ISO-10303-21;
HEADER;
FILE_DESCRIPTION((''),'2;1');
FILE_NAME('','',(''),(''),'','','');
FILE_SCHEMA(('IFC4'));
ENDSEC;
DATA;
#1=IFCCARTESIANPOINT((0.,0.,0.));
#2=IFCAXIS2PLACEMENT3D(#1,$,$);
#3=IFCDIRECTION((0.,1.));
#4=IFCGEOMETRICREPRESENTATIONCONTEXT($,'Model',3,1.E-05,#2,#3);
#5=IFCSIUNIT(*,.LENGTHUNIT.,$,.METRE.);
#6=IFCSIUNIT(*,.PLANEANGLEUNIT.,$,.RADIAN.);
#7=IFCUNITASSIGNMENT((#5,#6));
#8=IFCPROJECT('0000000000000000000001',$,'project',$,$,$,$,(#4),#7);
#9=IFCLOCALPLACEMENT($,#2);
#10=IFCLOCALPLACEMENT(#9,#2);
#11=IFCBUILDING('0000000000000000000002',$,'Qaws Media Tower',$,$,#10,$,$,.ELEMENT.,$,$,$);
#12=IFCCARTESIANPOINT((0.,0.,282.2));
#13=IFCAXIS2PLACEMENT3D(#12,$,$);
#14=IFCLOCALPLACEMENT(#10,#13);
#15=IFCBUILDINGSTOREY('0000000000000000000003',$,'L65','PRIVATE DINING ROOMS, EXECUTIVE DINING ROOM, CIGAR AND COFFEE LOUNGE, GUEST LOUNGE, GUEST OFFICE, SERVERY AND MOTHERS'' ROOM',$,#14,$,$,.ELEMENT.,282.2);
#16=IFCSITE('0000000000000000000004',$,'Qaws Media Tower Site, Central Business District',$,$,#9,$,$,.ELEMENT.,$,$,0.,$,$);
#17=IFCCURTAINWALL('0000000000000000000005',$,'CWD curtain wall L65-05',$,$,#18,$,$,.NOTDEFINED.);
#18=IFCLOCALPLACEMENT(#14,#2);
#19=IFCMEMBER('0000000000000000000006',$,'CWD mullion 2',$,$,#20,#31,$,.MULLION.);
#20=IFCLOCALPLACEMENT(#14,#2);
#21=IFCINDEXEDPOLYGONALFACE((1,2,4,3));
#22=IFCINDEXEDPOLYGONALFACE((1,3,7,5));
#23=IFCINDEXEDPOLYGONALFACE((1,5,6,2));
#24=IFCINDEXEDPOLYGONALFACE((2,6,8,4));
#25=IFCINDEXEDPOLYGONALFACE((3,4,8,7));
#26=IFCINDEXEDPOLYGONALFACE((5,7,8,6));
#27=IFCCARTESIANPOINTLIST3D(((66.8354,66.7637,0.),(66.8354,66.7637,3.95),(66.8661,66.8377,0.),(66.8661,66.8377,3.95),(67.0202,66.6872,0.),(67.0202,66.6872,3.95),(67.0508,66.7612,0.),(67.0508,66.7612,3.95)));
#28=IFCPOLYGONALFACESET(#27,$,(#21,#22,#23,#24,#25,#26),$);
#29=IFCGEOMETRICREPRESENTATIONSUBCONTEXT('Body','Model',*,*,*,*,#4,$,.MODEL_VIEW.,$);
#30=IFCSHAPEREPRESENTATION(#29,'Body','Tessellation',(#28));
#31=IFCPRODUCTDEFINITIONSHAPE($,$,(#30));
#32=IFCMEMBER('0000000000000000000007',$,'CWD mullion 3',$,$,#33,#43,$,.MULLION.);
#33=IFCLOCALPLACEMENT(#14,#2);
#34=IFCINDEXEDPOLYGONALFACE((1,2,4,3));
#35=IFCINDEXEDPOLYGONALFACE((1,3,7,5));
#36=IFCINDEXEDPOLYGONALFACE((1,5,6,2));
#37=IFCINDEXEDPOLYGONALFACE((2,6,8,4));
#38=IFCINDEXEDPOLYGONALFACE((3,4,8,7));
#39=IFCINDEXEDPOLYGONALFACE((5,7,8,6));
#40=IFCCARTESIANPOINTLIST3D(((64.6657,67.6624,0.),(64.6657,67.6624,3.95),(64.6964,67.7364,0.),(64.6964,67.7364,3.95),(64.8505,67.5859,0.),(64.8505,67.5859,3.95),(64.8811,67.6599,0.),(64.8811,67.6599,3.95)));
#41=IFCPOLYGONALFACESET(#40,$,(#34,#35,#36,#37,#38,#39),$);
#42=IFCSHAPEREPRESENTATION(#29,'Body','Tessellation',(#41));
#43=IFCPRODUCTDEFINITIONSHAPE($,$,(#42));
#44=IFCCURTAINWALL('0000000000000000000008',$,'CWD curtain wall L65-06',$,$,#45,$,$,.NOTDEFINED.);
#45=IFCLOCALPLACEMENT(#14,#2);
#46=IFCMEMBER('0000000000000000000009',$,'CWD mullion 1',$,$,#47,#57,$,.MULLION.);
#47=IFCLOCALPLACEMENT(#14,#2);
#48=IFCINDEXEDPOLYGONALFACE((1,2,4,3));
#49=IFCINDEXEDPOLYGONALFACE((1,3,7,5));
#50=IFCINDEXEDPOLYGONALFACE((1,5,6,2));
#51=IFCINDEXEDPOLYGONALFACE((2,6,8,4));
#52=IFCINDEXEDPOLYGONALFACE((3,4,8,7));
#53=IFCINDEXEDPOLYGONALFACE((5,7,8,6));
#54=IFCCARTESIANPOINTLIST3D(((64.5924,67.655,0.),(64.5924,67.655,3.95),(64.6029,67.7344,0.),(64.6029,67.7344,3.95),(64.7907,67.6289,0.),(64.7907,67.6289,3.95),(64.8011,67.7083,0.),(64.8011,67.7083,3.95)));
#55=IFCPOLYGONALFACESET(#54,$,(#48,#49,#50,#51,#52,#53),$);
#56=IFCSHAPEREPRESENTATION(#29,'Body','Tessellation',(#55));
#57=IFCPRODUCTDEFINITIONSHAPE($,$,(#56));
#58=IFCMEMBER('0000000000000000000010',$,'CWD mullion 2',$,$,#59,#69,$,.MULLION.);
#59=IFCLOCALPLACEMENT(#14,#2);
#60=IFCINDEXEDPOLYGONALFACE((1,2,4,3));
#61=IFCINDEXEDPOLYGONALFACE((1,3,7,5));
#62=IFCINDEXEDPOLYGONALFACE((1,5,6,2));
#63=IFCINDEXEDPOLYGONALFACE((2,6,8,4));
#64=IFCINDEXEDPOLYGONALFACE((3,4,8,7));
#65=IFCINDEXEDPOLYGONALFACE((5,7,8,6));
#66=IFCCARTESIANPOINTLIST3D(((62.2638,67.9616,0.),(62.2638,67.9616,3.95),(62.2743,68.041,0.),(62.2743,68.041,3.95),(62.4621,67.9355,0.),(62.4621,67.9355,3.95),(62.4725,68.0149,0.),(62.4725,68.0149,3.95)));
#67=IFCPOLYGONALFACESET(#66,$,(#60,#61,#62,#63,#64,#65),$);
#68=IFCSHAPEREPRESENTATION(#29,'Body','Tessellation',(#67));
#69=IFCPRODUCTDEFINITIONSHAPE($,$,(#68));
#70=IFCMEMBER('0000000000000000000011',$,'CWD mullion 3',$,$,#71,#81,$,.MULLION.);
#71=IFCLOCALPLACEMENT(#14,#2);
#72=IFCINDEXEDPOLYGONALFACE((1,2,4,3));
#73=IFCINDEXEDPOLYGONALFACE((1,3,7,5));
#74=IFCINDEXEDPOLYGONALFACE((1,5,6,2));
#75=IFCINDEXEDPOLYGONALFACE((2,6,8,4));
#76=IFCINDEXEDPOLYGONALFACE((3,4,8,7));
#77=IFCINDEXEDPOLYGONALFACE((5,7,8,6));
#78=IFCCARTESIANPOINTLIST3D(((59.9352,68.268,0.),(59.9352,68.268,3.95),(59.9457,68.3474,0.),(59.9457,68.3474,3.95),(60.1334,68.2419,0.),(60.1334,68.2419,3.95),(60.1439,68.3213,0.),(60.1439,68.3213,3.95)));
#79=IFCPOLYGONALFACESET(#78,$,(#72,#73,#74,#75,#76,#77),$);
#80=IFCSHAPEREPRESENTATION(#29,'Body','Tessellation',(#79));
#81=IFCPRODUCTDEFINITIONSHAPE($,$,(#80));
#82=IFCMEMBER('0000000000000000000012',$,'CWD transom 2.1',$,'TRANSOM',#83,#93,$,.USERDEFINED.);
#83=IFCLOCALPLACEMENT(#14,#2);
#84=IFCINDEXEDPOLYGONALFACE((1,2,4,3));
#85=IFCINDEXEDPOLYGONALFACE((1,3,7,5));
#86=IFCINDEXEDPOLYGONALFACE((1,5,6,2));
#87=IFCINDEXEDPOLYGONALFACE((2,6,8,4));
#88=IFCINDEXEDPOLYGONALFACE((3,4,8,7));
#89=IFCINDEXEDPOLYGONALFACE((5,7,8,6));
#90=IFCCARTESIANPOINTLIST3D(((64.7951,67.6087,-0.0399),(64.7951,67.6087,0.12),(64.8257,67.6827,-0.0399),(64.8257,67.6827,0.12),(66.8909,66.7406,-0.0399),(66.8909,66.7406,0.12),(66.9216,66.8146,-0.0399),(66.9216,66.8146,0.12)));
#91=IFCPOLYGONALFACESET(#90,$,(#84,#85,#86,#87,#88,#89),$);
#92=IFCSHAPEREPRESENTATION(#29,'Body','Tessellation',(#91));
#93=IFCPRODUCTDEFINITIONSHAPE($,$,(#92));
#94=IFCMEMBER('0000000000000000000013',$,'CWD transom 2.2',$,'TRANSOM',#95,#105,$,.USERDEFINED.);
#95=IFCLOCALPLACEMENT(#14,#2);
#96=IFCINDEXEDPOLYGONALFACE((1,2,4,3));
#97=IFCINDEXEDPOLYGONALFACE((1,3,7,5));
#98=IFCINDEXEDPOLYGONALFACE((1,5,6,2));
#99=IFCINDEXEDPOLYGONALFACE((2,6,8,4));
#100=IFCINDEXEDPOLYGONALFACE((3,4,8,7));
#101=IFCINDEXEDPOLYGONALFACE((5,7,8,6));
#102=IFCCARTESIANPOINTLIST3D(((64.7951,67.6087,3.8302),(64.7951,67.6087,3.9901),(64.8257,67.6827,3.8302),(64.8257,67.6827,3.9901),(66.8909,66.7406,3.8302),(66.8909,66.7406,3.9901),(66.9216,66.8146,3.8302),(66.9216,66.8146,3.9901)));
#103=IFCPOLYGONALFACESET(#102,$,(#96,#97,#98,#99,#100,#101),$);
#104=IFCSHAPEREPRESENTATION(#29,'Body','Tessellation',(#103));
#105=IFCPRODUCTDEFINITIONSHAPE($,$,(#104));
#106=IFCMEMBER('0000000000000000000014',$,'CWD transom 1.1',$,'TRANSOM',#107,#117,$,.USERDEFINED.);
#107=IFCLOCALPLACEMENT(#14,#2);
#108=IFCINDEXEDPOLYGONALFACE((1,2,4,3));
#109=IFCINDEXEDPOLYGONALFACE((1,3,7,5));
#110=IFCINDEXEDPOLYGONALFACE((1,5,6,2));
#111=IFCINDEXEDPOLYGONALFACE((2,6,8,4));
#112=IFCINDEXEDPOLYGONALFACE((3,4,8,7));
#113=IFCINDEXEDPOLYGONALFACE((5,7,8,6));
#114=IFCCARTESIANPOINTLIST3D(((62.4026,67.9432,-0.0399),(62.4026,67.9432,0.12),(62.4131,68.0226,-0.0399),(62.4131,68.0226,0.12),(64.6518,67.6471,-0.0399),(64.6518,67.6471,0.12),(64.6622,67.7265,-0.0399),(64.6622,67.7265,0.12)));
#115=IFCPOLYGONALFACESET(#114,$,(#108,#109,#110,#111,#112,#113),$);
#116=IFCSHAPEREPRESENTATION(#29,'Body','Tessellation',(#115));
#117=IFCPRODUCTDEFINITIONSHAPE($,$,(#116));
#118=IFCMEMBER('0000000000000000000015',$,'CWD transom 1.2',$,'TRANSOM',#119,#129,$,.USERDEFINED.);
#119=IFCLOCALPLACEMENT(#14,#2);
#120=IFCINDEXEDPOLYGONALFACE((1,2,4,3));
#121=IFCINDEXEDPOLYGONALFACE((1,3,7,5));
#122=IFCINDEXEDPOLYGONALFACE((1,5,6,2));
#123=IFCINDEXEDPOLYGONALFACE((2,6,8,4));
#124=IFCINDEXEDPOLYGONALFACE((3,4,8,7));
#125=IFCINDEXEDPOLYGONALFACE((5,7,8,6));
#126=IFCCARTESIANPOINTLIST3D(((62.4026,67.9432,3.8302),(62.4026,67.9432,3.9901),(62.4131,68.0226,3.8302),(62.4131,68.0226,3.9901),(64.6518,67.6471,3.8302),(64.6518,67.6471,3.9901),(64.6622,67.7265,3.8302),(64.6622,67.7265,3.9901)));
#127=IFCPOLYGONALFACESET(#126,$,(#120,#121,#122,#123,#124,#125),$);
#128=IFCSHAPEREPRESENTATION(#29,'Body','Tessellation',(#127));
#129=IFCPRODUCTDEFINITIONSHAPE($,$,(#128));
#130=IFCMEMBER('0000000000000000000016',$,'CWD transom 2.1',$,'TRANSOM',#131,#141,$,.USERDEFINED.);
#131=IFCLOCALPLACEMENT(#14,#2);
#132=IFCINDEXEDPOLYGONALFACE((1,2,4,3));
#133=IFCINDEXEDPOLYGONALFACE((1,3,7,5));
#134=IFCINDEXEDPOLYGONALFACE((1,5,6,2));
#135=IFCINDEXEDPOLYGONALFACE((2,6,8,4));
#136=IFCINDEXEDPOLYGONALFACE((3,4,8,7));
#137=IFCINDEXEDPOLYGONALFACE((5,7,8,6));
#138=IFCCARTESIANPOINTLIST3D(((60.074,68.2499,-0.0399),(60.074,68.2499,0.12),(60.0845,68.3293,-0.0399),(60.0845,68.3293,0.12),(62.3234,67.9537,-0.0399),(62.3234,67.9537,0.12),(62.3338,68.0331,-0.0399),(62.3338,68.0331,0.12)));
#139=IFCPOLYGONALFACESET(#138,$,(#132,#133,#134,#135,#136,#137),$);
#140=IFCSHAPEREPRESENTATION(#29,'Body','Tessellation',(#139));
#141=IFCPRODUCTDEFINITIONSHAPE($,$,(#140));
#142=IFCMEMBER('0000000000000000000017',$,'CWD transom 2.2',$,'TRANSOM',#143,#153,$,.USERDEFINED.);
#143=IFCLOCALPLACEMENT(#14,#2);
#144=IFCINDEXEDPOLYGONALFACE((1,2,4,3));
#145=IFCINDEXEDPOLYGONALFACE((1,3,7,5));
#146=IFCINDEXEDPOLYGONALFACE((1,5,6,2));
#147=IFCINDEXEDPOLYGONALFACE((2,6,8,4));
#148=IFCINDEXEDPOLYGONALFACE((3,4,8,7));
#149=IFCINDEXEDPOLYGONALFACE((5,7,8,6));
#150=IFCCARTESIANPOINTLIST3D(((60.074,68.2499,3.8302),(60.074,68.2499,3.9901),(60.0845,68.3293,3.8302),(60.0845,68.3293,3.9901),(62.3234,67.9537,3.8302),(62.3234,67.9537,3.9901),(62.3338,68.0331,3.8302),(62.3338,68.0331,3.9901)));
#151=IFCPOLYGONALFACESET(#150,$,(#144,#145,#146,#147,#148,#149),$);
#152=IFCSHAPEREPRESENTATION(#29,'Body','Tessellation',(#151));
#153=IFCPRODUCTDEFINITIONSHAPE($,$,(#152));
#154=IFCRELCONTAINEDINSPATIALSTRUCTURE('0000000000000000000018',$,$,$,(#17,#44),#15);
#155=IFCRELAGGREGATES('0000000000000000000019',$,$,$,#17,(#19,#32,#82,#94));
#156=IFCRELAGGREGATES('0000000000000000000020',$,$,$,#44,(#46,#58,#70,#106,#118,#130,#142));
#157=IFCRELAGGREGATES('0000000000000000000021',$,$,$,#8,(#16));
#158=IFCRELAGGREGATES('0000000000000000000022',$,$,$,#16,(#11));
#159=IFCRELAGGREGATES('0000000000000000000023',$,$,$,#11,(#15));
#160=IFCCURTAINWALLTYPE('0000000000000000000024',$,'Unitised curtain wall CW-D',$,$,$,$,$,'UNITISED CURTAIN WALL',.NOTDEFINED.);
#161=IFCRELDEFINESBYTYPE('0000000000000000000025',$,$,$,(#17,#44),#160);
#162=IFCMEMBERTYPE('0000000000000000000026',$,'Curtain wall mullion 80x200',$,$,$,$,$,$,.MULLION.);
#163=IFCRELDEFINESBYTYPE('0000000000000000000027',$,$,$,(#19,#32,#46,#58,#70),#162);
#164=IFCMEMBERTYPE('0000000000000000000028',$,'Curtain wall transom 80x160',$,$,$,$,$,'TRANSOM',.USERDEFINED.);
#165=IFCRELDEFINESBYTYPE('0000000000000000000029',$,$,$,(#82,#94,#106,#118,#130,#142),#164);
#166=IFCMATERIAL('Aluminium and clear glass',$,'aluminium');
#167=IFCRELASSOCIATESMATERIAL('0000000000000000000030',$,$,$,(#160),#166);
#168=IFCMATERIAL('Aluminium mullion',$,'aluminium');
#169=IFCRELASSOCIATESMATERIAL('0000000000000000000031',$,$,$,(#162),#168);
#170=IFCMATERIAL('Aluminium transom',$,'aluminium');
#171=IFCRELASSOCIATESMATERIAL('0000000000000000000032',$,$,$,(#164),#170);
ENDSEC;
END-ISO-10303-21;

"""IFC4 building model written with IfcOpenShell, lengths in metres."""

from ifc_helpers import new_model, si_unit, direction, frame, origin, origin_2d, place, context, subcontext, project, spatial, rectangle, extrude, material, material_profile, profile_set, type_object, element, aggregate, save


model = new_model("IFC4")

# Units and contexts
model_context = context("Model", 3, precision=1e-05, world=origin(), true_north=direction((0.0, 1.0)))
body_context = subcontext(model_context, "Body", "Model", "MODEL_VIEW")
ifc_project = project(units=[si_unit("LENGTHUNIT", "METRE"), si_unit("PLANEANGLEUNIT", "RADIAN")], contexts=[model_context])

# Site, building, storey
site_placement = place(None, origin())
site = spatial("IfcSite", under=ifc_project, at=site_placement, Name="Qaws Media Tower Site, Central Business District", CompositionType="ELEMENT", RefElevation=0.0)
building_placement = place(site_placement, origin())
building = spatial("IfcBuilding", under=site, at=building_placement, Name="Qaws Media Tower", CompositionType="ELEMENT")
storey_placement = place(building_placement, frame((0.0, 0.0, 282.2)))
storey = spatial("IfcBuildingStorey", under=building, at=storey_placement, Name="L65", Description="PRIVATE DINING ROOMS, EXECUTIVE DINING ROOM, CIGAR AND COFFEE LOUNGE, GUEST LOUNGE, GUEST OFFICE, SERVERY AND MOTHERS' ROOM", CompositionType="ELEMENT", Elevation=282.2)

# Curtain walls, members
ifc_material_1 = material(Name="Aluminium and clear glass", Category="aluminium")
curtain_wall_type = type_object("IfcCurtainWallType", Name="Unitised curtain wall CW-D", ElementType="UNITISED CURTAIN WALL", PredefinedType="NOTDEFINED", material=ifc_material_1)
curtain_wall_1_placement = place(storey_placement, origin())
curtain_wall_1 = element("IfcCurtainWall", 1, at=curtain_wall_1_placement, inside=storey, type_object=curtain_wall_type, Name="CWD curtain wall L65-05", PredefinedType="NOTDEFINED")
ifc_material_2 = material(Name="Aluminium mullion", Category="aluminium")
ifc_material_profile_1 = material_profile(ifc_material_2, rectangle(XDim=0.0801, YDim=0.2, at=origin_2d()), Name="80x200")
ifc_profile_set_1 = profile_set([ifc_material_profile_1], Name="Aluminium mullion")
member_type_1 = type_object("IfcMemberType", Name="Curtain wall mullion 80x200", PredefinedType="MULLION", material=ifc_profile_set_1)
member_1_placement = place(storey_placement, frame((66.9431, 66.7625, 0.0), z_axis=(0.0, 0.0, 1.0), x_axis=(-0.382684, -0.923879, 0.0)))
member_1 = element("IfcMember", 2, at=member_1_placement, type_object=member_type_1, Name="CWD mullion 2", PredefinedType="MULLION", context=body_context, shape_type="SweptSolid", body=[
    extrude(rectangle(XDim=0.0801, YDim=0.2, at=origin_2d()), origin(), (0.0, 0.0, 1.0), 3.95),
])
member_2_placement = place(storey_placement, frame((64.7734, 67.6611, 0.0), z_axis=(0.0, 0.0, 1.0), x_axis=(-0.382684, -0.923879, 0.0)))
member_2 = element("IfcMember", 3, at=member_2_placement, type_object=member_type_1, Name="CWD mullion 3", PredefinedType="MULLION", context=body_context, shape_type="SweptSolid", body=[
    extrude(rectangle(XDim=0.0801, YDim=0.2, at=origin_2d()), origin(), (0.0, 0.0, 1.0), 3.95),
])
curtain_wall_2_placement = place(storey_placement, origin())
curtain_wall_2 = element("IfcCurtainWall", 4, at=curtain_wall_2_placement, inside=storey, type_object=curtain_wall_type, Name="CWD curtain wall L65-06", PredefinedType="NOTDEFINED")
member_3_placement = place(storey_placement, frame((64.6968, 67.6816, 0.0), z_axis=(0.0, 0.0, 1.0), x_axis=(-0.130526, -0.991445, 0.0)))
member_3 = element("IfcMember", 5, at=member_3_placement, type_object=member_type_1, Name="CWD mullion 1", PredefinedType="MULLION", context=body_context, shape_type="SweptSolid", body=[
    extrude(rectangle(XDim=0.0801, YDim=0.2, at=origin_2d()), origin(), (0.0, 0.0, 1.0), 3.95),
])
member_4_placement = place(storey_placement, frame((62.3682, 67.9883, 0.0), z_axis=(0.0, 0.0, 1.0), x_axis=(-0.130526, -0.991445, 0.0)))
member_4 = element("IfcMember", 6, at=member_4_placement, type_object=member_type_1, Name="CWD mullion 2", PredefinedType="MULLION", context=body_context, shape_type="SweptSolid", body=[
    extrude(rectangle(XDim=0.0801, YDim=0.2, at=origin_2d()), origin(), (0.0, 0.0, 1.0), 3.95),
])
member_5_placement = place(storey_placement, frame((60.0396, 68.2947, 0.0), z_axis=(0.0, 0.0, 1.0), x_axis=(-0.130526, -0.991445, 0.0)))
member_5 = element("IfcMember", 7, at=member_5_placement, type_object=member_type_1, Name="CWD mullion 3", PredefinedType="MULLION", context=body_context, shape_type="SweptSolid", body=[
    extrude(rectangle(XDim=0.0801, YDim=0.2, at=origin_2d()), origin(), (0.0, 0.0, 1.0), 3.95),
])

# Members
ifc_material_3 = material(Name="Aluminium transom", Category="aluminium")
ifc_material_profile_2 = material_profile(ifc_material_3, rectangle(XDim=0.0801, YDim=0.1599, at=origin_2d()), Name="80x160")
ifc_profile_set_2 = profile_set([ifc_material_profile_2], Name="Aluminium transom")
member_type_2 = type_object("IfcMemberType", Name="Curtain wall transom 80x160", ElementType="TRANSOM", PredefinedType="USERDEFINED", material=ifc_profile_set_2)
member_6_placement = place(storey_placement, frame((66.9062, 66.7776, 0.04), z_axis=(-0.92388, 0.382681, 0.0), x_axis=(-0.382681, -0.92388, 0.0)))
member_6 = element("IfcMember", 8, at=member_6_placement, type_object=member_type_2, Name="CWD transom 2.1", ObjectType="TRANSOM", PredefinedType="USERDEFINED", context=body_context, shape_type="SweptSolid", body=[
    extrude(rectangle(XDim=0.0801, YDim=0.1599, at=origin_2d()), origin(), (0.0, 0.0, 1.0), 2.2686),
])
member_7_placement = place(storey_placement, frame((66.9062, 66.7776, 3.9102), z_axis=(-0.92388, 0.382681, 0.0), x_axis=(-0.382681, -0.92388, 0.0)))
member_7 = element("IfcMember", 9, at=member_7_placement, type_object=member_type_2, Name="CWD transom 2.2", ObjectType="TRANSOM", PredefinedType="USERDEFINED", context=body_context, shape_type="SweptSolid", body=[
    extrude(rectangle(XDim=0.0801, YDim=0.1599, at=origin_2d()), origin(), (0.0, 0.0, 1.0), 2.2686),
])
member_8_placement = place(storey_placement, frame((64.657, 67.6868, 0.04), z_axis=(-0.991442, 0.130549, 0.0), x_axis=(-0.130549, -0.991442, 0.0)))
member_8 = element("IfcMember", 10, at=member_8_placement, type_object=member_type_2, Name="CWD transom 1.1", ObjectType="TRANSOM", PredefinedType="USERDEFINED", context=body_context, shape_type="SweptSolid", body=[
    extrude(rectangle(XDim=0.0801, YDim=0.1599, at=origin_2d()), origin(), (0.0, 0.0, 1.0), 2.2686),
])
member_9_placement = place(storey_placement, frame((64.657, 67.6868, 3.9102), z_axis=(-0.991442, 0.130549, 0.0), x_axis=(-0.130549, -0.991442, 0.0)))
member_9 = element("IfcMember", 11, at=member_9_placement, type_object=member_type_2, Name="CWD transom 1.2", ObjectType="TRANSOM", PredefinedType="USERDEFINED", context=body_context, shape_type="SweptSolid", body=[
    extrude(rectangle(XDim=0.0801, YDim=0.1599, at=origin_2d()), origin(), (0.0, 0.0, 1.0), 2.2686),
])
member_10_placement = place(storey_placement, frame((62.3286, 67.9934, 0.04), z_axis=(-0.991444, 0.130535, 0.0), x_axis=(-0.130535, -0.991444, 0.0)))
member_10 = element("IfcMember", 12, at=member_10_placement, type_object=member_type_2, Name="CWD transom 2.1", ObjectType="TRANSOM", PredefinedType="USERDEFINED", context=body_context, shape_type="SweptSolid", body=[
    extrude(rectangle(XDim=0.0801, YDim=0.1599, at=origin_2d()), origin(), (0.0, 0.0, 1.0), 2.2688),
])
member_11_placement = place(storey_placement, frame((62.3286, 67.9934, 3.9102), z_axis=(-0.991444, 0.130535, 0.0), x_axis=(-0.130535, -0.991444, 0.0)))
member_11 = element("IfcMember", 13, at=member_11_placement, type_object=member_type_2, Name="CWD transom 2.2", ObjectType="TRANSOM", PredefinedType="USERDEFINED", context=body_context, shape_type="SweptSolid", body=[
    extrude(rectangle(XDim=0.0801, YDim=0.1599, at=origin_2d()), origin(), (0.0, 0.0, 1.0), 2.2688),
])

aggregate(curtain_wall_1, [member_1, member_2, member_6, member_7])
aggregate(curtain_wall_2, [member_3, member_4, member_5, member_8, member_9, member_10, member_11])

save(model, "model.ifc")
